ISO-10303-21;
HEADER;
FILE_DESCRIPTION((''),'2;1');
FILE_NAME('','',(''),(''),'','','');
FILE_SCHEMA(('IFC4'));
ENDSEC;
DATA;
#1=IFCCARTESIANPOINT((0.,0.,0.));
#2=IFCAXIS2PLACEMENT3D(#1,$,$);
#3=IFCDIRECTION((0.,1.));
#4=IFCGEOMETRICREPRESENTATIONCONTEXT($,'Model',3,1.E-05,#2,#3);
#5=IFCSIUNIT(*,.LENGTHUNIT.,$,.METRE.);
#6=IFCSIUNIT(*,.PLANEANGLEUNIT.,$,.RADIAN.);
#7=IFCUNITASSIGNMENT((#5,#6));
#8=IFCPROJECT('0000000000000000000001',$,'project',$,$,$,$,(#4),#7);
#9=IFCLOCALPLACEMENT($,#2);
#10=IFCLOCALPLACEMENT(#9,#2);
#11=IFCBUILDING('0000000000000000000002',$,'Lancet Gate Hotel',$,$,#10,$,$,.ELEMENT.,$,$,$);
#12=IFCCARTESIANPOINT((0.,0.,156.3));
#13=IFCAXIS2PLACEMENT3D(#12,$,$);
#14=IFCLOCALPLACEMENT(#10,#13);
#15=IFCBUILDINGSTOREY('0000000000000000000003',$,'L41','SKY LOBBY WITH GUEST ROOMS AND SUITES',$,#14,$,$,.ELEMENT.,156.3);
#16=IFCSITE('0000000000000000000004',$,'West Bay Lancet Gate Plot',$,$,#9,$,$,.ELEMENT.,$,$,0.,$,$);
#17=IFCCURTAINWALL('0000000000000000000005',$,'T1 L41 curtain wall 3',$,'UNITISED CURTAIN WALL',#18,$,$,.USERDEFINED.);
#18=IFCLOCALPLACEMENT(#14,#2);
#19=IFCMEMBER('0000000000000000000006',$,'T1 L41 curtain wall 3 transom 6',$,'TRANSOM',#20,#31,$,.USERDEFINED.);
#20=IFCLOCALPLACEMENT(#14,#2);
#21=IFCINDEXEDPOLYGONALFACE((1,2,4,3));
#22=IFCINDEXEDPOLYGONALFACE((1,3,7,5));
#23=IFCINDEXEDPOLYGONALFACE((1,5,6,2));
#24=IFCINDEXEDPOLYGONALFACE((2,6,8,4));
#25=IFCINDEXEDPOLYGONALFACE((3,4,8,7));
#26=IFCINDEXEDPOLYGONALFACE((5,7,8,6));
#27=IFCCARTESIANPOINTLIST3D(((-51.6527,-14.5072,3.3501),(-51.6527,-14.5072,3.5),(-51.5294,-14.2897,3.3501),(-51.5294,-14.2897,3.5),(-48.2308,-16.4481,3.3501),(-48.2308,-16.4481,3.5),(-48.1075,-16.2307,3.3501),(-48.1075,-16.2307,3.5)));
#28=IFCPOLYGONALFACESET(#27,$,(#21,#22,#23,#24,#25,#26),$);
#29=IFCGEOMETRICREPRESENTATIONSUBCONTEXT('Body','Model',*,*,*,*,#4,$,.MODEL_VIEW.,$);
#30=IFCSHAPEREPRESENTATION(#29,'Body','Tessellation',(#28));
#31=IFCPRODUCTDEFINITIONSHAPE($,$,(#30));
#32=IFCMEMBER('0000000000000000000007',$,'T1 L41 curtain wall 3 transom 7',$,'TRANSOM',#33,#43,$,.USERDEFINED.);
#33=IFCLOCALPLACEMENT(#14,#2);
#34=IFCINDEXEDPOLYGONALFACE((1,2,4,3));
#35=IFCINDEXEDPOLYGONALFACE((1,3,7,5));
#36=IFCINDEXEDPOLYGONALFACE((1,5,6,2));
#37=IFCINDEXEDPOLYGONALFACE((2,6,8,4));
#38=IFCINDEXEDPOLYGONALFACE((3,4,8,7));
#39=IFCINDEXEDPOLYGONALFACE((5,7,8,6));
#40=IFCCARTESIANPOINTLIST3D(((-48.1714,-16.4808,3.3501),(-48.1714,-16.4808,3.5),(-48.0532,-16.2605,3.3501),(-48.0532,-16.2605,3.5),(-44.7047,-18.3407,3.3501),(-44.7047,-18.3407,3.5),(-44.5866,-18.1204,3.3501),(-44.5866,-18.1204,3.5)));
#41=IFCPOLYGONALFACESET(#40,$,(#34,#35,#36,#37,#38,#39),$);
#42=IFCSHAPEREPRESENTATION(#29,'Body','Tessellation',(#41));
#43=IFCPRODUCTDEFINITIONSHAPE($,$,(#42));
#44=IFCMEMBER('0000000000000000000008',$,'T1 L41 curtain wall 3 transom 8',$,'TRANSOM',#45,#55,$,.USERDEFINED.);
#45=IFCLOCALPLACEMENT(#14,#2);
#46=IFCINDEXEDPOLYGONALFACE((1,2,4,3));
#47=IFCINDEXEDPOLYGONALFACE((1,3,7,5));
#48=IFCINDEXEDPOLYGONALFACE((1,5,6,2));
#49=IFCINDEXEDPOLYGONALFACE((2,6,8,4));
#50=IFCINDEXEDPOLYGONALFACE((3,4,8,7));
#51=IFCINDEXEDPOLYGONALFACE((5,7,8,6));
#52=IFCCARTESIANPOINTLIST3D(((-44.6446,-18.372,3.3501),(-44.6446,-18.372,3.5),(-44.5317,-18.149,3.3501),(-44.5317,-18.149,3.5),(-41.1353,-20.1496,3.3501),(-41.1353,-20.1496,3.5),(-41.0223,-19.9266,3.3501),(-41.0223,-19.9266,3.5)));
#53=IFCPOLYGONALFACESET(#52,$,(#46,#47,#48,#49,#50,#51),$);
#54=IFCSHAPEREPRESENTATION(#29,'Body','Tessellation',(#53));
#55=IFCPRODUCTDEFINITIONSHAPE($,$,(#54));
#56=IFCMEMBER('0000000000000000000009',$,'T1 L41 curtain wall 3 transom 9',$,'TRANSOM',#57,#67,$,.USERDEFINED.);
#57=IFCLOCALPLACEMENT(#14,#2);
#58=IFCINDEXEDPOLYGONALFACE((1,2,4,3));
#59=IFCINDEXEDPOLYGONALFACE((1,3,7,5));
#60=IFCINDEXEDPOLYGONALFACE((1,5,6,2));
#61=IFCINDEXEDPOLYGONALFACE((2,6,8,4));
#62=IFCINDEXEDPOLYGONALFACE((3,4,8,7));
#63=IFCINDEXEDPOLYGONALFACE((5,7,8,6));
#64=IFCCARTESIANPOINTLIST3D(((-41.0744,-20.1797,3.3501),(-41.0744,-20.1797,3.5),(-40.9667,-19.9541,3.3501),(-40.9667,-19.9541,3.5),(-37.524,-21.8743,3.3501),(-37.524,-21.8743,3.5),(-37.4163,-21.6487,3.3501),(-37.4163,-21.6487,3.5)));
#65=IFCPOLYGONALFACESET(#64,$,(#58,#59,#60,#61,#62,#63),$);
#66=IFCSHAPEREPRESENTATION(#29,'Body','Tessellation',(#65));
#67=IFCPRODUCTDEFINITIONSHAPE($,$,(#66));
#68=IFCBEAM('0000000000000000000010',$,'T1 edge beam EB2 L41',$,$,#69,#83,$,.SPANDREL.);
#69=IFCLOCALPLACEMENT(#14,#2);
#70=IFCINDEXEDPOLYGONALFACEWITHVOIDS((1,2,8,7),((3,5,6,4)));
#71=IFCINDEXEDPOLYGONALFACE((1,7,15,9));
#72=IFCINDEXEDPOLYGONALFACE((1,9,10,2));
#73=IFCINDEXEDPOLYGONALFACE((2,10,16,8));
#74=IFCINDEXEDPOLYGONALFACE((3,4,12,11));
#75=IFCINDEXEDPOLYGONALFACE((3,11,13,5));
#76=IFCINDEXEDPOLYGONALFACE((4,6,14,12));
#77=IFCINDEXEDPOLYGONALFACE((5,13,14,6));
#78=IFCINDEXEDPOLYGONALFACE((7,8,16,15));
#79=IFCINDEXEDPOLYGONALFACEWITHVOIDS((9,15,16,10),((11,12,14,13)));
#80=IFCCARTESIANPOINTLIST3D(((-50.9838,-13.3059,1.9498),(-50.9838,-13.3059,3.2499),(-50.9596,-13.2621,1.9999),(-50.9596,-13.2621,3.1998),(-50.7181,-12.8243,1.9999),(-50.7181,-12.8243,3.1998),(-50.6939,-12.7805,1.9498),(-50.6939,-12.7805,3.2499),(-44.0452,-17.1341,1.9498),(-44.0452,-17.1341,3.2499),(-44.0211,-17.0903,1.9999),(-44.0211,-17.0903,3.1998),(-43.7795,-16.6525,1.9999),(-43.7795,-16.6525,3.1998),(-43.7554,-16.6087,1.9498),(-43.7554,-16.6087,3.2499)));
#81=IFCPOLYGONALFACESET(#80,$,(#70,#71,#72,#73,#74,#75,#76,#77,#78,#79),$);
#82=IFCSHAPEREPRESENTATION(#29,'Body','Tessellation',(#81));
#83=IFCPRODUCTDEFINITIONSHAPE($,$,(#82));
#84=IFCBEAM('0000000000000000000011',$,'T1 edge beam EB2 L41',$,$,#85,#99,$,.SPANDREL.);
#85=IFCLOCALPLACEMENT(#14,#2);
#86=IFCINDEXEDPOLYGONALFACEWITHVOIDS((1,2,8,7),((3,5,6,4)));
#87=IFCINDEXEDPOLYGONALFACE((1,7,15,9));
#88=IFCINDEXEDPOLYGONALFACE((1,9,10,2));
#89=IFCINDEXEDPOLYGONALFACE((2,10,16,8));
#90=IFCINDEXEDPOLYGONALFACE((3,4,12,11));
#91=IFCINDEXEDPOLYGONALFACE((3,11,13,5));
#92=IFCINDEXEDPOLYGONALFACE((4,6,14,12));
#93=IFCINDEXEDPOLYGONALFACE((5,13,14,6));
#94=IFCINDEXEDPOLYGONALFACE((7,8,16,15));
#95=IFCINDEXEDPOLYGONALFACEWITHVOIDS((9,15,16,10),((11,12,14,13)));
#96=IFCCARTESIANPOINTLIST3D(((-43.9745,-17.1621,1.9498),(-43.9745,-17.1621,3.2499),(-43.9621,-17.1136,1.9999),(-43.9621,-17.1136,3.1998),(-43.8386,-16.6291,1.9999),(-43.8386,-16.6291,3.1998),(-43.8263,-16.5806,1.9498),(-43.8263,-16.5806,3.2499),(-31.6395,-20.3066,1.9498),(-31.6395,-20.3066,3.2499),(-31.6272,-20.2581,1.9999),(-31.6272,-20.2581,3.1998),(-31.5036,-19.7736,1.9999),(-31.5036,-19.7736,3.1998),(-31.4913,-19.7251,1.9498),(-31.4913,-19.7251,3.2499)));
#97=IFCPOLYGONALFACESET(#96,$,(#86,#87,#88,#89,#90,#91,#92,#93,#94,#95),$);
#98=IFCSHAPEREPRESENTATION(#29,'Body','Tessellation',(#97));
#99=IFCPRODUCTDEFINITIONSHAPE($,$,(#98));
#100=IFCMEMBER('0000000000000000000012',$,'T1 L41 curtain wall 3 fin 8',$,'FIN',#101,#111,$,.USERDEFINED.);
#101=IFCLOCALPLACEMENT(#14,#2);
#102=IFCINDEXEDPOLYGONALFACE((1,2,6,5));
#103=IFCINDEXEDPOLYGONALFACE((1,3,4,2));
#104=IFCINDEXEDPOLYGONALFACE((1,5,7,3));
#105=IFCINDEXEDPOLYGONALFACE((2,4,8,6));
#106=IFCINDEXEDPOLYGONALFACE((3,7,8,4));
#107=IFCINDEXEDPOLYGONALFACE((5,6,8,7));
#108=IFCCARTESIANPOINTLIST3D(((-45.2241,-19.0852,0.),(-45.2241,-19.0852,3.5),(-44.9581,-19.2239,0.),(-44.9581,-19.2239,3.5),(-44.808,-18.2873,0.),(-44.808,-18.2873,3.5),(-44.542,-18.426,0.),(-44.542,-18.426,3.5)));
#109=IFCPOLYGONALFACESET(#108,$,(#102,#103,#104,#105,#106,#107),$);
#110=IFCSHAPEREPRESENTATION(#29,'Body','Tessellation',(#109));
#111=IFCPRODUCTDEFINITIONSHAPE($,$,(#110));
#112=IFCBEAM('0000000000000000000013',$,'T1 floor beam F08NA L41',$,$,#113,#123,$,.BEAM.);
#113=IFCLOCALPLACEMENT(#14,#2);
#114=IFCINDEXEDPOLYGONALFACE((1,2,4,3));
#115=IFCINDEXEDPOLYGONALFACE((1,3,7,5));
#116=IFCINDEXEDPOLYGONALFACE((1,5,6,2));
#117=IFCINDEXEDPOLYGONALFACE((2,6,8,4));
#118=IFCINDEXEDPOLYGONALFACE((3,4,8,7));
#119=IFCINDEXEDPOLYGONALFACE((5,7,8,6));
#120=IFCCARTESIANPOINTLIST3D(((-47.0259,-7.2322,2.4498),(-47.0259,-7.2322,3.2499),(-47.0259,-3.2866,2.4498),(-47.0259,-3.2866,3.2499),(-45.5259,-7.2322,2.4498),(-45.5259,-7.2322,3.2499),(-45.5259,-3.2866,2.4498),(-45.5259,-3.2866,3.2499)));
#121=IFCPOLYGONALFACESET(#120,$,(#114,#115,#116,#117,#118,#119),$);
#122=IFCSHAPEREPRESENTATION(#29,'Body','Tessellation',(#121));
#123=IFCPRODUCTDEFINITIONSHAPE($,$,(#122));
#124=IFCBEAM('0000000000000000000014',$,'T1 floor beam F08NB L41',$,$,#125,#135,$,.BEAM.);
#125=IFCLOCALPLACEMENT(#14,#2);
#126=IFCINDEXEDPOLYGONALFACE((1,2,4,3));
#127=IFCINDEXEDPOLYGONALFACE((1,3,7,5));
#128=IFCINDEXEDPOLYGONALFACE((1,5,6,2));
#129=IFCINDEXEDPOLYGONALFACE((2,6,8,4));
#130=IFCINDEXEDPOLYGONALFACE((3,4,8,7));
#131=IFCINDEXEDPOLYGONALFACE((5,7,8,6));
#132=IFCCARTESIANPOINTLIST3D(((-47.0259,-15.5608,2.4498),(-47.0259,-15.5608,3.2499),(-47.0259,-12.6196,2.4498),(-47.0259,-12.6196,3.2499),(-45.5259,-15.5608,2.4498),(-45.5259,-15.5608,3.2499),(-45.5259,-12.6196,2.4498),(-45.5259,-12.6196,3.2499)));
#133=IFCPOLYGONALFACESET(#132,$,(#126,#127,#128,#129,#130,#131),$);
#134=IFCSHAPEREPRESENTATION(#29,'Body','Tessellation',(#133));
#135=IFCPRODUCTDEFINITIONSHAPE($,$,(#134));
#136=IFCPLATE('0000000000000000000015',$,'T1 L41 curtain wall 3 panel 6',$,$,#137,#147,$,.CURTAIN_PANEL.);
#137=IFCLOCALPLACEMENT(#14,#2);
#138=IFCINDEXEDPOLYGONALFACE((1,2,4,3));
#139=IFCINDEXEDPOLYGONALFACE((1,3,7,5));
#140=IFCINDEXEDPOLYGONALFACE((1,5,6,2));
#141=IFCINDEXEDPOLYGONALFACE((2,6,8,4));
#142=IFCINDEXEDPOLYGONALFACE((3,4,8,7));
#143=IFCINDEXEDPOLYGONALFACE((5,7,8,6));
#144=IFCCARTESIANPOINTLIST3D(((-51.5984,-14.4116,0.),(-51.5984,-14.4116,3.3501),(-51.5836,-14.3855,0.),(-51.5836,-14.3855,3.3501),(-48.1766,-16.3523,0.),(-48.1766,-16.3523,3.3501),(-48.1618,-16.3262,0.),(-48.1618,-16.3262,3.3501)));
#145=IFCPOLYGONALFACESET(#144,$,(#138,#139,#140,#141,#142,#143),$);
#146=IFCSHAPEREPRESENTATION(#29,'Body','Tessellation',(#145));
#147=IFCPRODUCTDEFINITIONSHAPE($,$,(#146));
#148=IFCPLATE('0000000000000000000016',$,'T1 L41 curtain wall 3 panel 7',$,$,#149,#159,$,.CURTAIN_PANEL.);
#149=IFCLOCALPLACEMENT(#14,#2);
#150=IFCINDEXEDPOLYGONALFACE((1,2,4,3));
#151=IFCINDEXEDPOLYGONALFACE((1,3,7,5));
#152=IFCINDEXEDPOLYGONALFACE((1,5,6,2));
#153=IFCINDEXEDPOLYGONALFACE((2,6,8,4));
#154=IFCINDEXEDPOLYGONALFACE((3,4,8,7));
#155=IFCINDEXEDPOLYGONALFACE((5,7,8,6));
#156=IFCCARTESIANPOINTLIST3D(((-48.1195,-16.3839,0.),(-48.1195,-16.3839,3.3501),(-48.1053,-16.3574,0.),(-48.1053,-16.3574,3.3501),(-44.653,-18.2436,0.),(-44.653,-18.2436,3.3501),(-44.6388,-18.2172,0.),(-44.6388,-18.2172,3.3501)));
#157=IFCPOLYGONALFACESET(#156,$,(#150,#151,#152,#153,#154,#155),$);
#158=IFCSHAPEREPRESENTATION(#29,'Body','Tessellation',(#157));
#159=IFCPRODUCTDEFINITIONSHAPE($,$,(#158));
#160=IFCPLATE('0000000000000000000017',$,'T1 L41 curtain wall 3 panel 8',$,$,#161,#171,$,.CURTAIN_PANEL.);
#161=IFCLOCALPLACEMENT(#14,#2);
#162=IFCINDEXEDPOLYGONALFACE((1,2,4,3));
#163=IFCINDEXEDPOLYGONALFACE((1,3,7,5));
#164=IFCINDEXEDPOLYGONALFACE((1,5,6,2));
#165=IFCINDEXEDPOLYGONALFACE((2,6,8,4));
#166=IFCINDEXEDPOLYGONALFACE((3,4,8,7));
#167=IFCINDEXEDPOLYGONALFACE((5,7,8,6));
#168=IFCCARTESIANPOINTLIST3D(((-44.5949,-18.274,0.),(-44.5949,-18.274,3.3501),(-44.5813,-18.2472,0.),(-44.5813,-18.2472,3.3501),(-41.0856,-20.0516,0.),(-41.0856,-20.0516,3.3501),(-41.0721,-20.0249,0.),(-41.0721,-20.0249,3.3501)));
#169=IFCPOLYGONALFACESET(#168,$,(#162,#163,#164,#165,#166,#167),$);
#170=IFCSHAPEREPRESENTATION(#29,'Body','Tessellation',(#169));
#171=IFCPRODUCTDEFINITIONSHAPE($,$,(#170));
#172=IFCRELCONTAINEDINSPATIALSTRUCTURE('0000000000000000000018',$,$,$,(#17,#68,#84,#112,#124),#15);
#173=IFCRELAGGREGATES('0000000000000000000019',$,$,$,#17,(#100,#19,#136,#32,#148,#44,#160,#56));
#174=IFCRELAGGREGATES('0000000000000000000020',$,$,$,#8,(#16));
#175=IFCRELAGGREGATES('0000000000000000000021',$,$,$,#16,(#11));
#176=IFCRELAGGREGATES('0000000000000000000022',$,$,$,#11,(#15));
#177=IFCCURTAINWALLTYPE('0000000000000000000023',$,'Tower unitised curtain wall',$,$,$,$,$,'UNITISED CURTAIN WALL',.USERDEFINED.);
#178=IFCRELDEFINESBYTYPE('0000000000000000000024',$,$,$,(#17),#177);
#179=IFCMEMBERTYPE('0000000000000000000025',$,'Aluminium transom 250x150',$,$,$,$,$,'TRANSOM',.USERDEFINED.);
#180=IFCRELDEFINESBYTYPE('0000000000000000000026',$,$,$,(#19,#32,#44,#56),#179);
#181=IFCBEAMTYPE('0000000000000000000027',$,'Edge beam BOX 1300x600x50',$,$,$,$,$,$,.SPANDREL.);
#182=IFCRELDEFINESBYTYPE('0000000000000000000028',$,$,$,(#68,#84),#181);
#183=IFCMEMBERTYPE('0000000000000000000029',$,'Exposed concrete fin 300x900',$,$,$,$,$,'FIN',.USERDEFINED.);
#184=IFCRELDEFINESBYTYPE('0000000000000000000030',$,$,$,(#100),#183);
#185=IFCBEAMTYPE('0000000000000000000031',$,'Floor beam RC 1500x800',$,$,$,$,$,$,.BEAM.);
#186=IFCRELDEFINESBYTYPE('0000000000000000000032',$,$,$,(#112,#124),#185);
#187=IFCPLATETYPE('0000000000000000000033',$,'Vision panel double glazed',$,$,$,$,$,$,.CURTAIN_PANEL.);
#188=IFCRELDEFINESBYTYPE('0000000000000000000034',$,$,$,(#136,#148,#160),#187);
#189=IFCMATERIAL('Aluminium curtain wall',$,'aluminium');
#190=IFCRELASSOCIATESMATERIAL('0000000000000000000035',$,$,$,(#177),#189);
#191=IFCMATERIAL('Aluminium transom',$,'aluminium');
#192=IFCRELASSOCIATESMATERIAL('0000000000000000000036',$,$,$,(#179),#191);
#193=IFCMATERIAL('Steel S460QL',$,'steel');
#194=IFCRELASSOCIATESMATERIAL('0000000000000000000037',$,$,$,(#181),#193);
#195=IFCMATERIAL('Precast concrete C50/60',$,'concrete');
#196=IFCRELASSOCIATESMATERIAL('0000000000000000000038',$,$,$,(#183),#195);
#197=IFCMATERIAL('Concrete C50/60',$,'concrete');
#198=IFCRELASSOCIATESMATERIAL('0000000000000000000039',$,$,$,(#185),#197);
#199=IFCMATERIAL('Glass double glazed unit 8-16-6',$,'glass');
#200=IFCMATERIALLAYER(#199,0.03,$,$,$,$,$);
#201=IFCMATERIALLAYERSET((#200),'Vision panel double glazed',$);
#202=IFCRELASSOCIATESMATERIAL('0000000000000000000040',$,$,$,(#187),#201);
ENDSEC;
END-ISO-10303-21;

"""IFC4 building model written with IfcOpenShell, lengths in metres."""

from ifc_helpers import new_model, si_unit, direction, frame, origin, origin_2d, place, context, subcontext, project, spatial, rectangle, hollow_rectangle, extrude, material, layer, layer_set, material_profile, profile_set, type_object, element, aggregate, save


model = new_model("IFC4")

# Units and contexts
model_context = context("Model", 3, precision=1e-05, world=origin(), true_north=direction((0.0, 1.0)))
body_context = subcontext(model_context, "Body", "Model", "MODEL_VIEW")
ifc_project = project(units=[si_unit("LENGTHUNIT", "METRE"), si_unit("PLANEANGLEUNIT", "RADIAN")], contexts=[model_context])

# Site, building, storey
site_placement = place(None, origin())
site = spatial("IfcSite", under=ifc_project, at=site_placement, Name="West Bay Lancet Gate Plot", CompositionType="ELEMENT", RefElevation=0.0)
building_placement = place(site_placement, origin())
building = spatial("IfcBuilding", under=site, at=building_placement, Name="Lancet Gate Hotel", CompositionType="ELEMENT")
storey_placement = place(building_placement, frame((0.0, 0.0, 156.3)))
storey = spatial("IfcBuildingStorey", under=building, at=storey_placement, Name="L41", Description="SKY LOBBY WITH GUEST ROOMS AND SUITES", CompositionType="ELEMENT", Elevation=156.3)

# Curtain wall, members
ifc_material_1 = material(Name="Aluminium curtain wall", Category="aluminium")
curtain_wall_type = type_object("IfcCurtainWallType", Name="Tower unitised curtain wall", ElementType="UNITISED CURTAIN WALL", PredefinedType="USERDEFINED", material=ifc_material_1)
curtain_wall_placement = place(storey_placement, origin())
curtain_wall = element("IfcCurtainWall", 1, at=curtain_wall_placement, inside=storey, type_object=curtain_wall_type, Name="T1 L41 curtain wall 3", ObjectType="UNITISED CURTAIN WALL", PredefinedType="USERDEFINED")
ifc_material_2 = material(Name="Aluminium transom", Category="aluminium")
ifc_material_profile_1 = material_profile(ifc_material_2, rectangle(XDim=0.25, YDim=0.1499, at=origin_2d()), Name="TRANSOM 250x150")
ifc_profile_set_1 = profile_set([ifc_material_profile_1], Name="Aluminium transom")
member_type_1 = type_object("IfcMemberType", Name="Aluminium transom 250x150", ElementType="TRANSOM", PredefinedType="USERDEFINED", material=ifc_profile_set_1)
member_1_placement = place(storey_placement, frame((-51.5911, -14.3984, 3.425), z_axis=(0.86982, -0.49337, 0.0), x_axis=(0.49337, 0.86982, 0.0)))
member_1 = element("IfcMember", 2, at=member_1_placement, type_object=member_type_1, Name="T1 L41 curtain wall 3 transom 6", ObjectType="TRANSOM", PredefinedType="USERDEFINED", context=body_context, shape_type="SweptSolid", body=[
    extrude(rectangle(XDim=0.25, YDim=0.1499, at=origin_2d()), origin(), (0.0, 0.0, 1.0), 3.9341),
])
member_2_placement = place(storey_placement, frame((-48.1123, -16.3706, 3.425), z_axis=(0.881185, -0.472771, 0.0), x_axis=(0.472771, 0.881185, 0.0)))
member_2 = element("IfcMember", 3, at=member_2_placement, type_object=member_type_1, Name="T1 L41 curtain wall 3 transom 7", ObjectType="TRANSOM", PredefinedType="USERDEFINED", context=body_context, shape_type="SweptSolid", body=[
    extrude(rectangle(XDim=0.25, YDim=0.1499, at=origin_2d()), origin(), (0.0, 0.0, 1.0), 3.9341),
])
member_3_placement = place(storey_placement, frame((-44.5881, -18.2605, 3.425), z_axis=(0.892081, -0.451875, 0.0), x_axis=(0.451875, 0.892081, 0.0)))
member_3 = element("IfcMember", 4, at=member_3_placement, type_object=member_type_1, Name="T1 L41 curtain wall 3 transom 8", ObjectType="TRANSOM", PredefinedType="USERDEFINED", context=body_context, shape_type="SweptSolid", body=[
    extrude(rectangle(XDim=0.25, YDim=0.1499, at=origin_2d()), origin(), (0.0, 0.0, 1.0), 3.9338),
])
member_4_placement = place(storey_placement, frame((-41.0205, -20.0669, 3.425), z_axis=(0.902469, -0.430755, 0.0), x_axis=(0.430755, 0.902469, 0.0)))
member_4 = element("IfcMember", 5, at=member_4_placement, type_object=member_type_1, Name="T1 L41 curtain wall 3 transom 9", ObjectType="TRANSOM", PredefinedType="USERDEFINED", context=body_context, shape_type="SweptSolid", body=[
    extrude(rectangle(XDim=0.25, YDim=0.1499, at=origin_2d()), origin(), (0.0, 0.0, 1.0), 3.9341),
])

# Beams
ifc_material_3 = material(Name="Steel S460QL", Category="steel")
ifc_material_profile_2 = material_profile(ifc_material_3, hollow_rectangle(XDim=0.6001, YDim=1.3, WallThickness=0.05, at=origin_2d()), Name="BOX 1300x600x50")
ifc_profile_set_2 = profile_set([ifc_material_profile_2], Name="Steel S460QL")
beam_type_1 = type_object("IfcBeamType", Name="Edge beam BOX 1300x600x50", PredefinedType="SPANDREL", material=ifc_profile_set_2)
beam_1_placement = place(storey_placement, frame((-50.8389, -13.0432, 2.5999), z_axis=(0.875578, -0.483077, 0.0), x_axis=(0.483077, 0.875578, 0.0)))
element("IfcBeam", 6, at=beam_1_placement, inside=storey, type_object=beam_type_1, Name="T1 edge beam EB2 L41", PredefinedType="SPANDREL", context=body_context, shape_type="SweptSolid", body=[
    extrude(hollow_rectangle(XDim=0.6001, YDim=1.3, WallThickness=0.05, at=origin_2d()), origin(), (0.0, 0.0, 1.0), 7.9246),
])
beam_2_placement = place(storey_placement, frame((-43.9004, -16.8713, 2.5999), z_axis=(0.969008, -0.247028, 0.0), x_axis=(0.247028, 0.969008, 0.0)))
element("IfcBeam", 7, at=beam_2_placement, inside=storey, type_object=beam_type_1, Name="T1 edge beam EB2 L41", PredefinedType="SPANDREL", context=body_context, shape_type="SweptSolid", body=[
    extrude(hollow_rectangle(XDim=0.6001, YDim=1.3, WallThickness=0.05, at=origin_2d()), origin(), (0.0, 0.0, 1.0), 12.7295),
])

# Member
ifc_material_4 = material(Name="Precast concrete C50/60", Category="concrete")
ifc_material_profile_3 = material_profile(ifc_material_4, rectangle(XDim=0.3, YDim=0.8999, at=origin_2d()), Name="FIN 300x900")
ifc_profile_set_3 = profile_set([ifc_material_profile_3], Name="Precast concrete C50/60")
member_type_2 = type_object("IfcMemberType", Name="Exposed concrete fin 300x900", ElementType="FIN", PredefinedType="USERDEFINED", material=ifc_profile_set_3)
member_5_placement = place(storey_placement, frame((-44.8831, -18.7556, 0.0), z_axis=(0.0, 0.0, 1.0), x_axis=(0.886694, -0.462356, 0.0)))
member_5 = element("IfcMember", 8, at=member_5_placement, type_object=member_type_2, Name="T1 L41 curtain wall 3 fin 8", ObjectType="FIN", PredefinedType="USERDEFINED", context=body_context, shape_type="SweptSolid", body=[
    extrude(rectangle(XDim=0.3, YDim=0.8999, at=origin_2d()), origin(), (0.0, 0.0, 1.0), 3.5),
])

# Beams
ifc_material_5 = material(Name="Concrete C50/60", Category="concrete")
ifc_material_profile_4 = material_profile(ifc_material_5, rectangle(XDim=1.5, YDim=0.8, at=origin_2d()), Name="RC 1500x800")
ifc_profile_set_4 = profile_set([ifc_material_profile_4], Name="Concrete C50/60")
beam_type_2 = type_object("IfcBeamType", Name="Floor beam RC 1500x800", PredefinedType="BEAM", material=ifc_profile_set_4)
beam_3_placement = place(storey_placement, frame((-46.2759, -3.2866, 2.8499), z_axis=(0.0, -1.0, 0.0), x_axis=(1.0, 0.0, 0.0)))
element("IfcBeam", 9, at=beam_3_placement, inside=storey, type_object=beam_type_2, Name="T1 floor beam F08NA L41", PredefinedType="BEAM", context=body_context, shape_type="SweptSolid", body=[
    extrude(rectangle(XDim=1.5, YDim=0.8, at=origin_2d()), origin(), (0.0, 0.0, 1.0), 3.9456),
])
beam_4_placement = place(storey_placement, frame((-46.2759, -12.6196, 2.8499), z_axis=(0.0, -1.0, 0.0), x_axis=(1.0, 0.0, 0.0)))
element("IfcBeam", 10, at=beam_4_placement, inside=storey, type_object=beam_type_2, Name="T1 floor beam F08NB L41", PredefinedType="BEAM", context=body_context, shape_type="SweptSolid", body=[
    extrude(rectangle(XDim=1.5, YDim=0.8, at=origin_2d()), origin(), (0.0, 0.0, 1.0), 2.9412),
])

# Plates
ifc_material_6 = material(Name="Glass double glazed unit 8-16-6", Category="glass")
ifc_layer_1 = layer(ifc_material_6, 0.03)
ifc_layer_set_1 = layer_set([ifc_layer_1], Name="Vision panel double glazed")
plate_type = type_object("IfcPlateType", Name="Vision panel double glazed", PredefinedType="CURTAIN_PANEL", material=ifc_layer_set_1)
plate_1_placement = place(storey_placement, frame((-49.8801, -15.3689, 0.0), z_axis=(0.0, 0.0, 1.0), x_axis=(0.869831, -0.493349, 0.0)))
plate_1 = element("IfcPlate", 11, at=plate_1_placement, type_object=plate_type, Name="T1 L41 curtain wall 3 panel 6", PredefinedType="CURTAIN_PANEL", context=body_context, shape_type="SweptSolid", body=[
    extrude(rectangle(XDim=3.9338, YDim=0.03, at=origin_2d()), origin(), (0.0, 0.0, 1.0), 3.3501),
])
plate_2_placement = place(storey_placement, frame((-46.3792, -17.3005, 0.0), z_axis=(0.0, 0.0, 1.0), x_axis=(0.881195, -0.472753, 0.0)))
plate_2 = element("IfcPlate", 12, at=plate_2_placement, type_object=plate_type, Name="T1 L41 curtain wall 3 panel 7", PredefinedType="CURTAIN_PANEL", context=body_context, shape_type="SweptSolid", body=[
    extrude(rectangle(XDim=3.9338, YDim=0.03, at=origin_2d()), origin(), (0.0, 0.0, 1.0), 3.3501),
])
plate_3_placement = place(storey_placement, frame((-42.8335, -19.1494, 0.0), z_axis=(0.0, 0.0, 1.0), x_axis=(0.892071, -0.451895, 0.0)))
plate_3 = element("IfcPlate", 13, at=plate_3_placement, type_object=plate_type, Name="T1 L41 curtain wall 3 panel 8", PredefinedType="CURTAIN_PANEL", context=body_context, shape_type="SweptSolid", body=[
    extrude(rectangle(XDim=3.9338, YDim=0.03, at=origin_2d()), origin(), (0.0, 0.0, 1.0), 3.3501),
])
aggregate(curtain_wall, [member_5, member_1, plate_1, member_2, plate_2, member_3, plate_3, member_4])

save(model, "model.ifc")
